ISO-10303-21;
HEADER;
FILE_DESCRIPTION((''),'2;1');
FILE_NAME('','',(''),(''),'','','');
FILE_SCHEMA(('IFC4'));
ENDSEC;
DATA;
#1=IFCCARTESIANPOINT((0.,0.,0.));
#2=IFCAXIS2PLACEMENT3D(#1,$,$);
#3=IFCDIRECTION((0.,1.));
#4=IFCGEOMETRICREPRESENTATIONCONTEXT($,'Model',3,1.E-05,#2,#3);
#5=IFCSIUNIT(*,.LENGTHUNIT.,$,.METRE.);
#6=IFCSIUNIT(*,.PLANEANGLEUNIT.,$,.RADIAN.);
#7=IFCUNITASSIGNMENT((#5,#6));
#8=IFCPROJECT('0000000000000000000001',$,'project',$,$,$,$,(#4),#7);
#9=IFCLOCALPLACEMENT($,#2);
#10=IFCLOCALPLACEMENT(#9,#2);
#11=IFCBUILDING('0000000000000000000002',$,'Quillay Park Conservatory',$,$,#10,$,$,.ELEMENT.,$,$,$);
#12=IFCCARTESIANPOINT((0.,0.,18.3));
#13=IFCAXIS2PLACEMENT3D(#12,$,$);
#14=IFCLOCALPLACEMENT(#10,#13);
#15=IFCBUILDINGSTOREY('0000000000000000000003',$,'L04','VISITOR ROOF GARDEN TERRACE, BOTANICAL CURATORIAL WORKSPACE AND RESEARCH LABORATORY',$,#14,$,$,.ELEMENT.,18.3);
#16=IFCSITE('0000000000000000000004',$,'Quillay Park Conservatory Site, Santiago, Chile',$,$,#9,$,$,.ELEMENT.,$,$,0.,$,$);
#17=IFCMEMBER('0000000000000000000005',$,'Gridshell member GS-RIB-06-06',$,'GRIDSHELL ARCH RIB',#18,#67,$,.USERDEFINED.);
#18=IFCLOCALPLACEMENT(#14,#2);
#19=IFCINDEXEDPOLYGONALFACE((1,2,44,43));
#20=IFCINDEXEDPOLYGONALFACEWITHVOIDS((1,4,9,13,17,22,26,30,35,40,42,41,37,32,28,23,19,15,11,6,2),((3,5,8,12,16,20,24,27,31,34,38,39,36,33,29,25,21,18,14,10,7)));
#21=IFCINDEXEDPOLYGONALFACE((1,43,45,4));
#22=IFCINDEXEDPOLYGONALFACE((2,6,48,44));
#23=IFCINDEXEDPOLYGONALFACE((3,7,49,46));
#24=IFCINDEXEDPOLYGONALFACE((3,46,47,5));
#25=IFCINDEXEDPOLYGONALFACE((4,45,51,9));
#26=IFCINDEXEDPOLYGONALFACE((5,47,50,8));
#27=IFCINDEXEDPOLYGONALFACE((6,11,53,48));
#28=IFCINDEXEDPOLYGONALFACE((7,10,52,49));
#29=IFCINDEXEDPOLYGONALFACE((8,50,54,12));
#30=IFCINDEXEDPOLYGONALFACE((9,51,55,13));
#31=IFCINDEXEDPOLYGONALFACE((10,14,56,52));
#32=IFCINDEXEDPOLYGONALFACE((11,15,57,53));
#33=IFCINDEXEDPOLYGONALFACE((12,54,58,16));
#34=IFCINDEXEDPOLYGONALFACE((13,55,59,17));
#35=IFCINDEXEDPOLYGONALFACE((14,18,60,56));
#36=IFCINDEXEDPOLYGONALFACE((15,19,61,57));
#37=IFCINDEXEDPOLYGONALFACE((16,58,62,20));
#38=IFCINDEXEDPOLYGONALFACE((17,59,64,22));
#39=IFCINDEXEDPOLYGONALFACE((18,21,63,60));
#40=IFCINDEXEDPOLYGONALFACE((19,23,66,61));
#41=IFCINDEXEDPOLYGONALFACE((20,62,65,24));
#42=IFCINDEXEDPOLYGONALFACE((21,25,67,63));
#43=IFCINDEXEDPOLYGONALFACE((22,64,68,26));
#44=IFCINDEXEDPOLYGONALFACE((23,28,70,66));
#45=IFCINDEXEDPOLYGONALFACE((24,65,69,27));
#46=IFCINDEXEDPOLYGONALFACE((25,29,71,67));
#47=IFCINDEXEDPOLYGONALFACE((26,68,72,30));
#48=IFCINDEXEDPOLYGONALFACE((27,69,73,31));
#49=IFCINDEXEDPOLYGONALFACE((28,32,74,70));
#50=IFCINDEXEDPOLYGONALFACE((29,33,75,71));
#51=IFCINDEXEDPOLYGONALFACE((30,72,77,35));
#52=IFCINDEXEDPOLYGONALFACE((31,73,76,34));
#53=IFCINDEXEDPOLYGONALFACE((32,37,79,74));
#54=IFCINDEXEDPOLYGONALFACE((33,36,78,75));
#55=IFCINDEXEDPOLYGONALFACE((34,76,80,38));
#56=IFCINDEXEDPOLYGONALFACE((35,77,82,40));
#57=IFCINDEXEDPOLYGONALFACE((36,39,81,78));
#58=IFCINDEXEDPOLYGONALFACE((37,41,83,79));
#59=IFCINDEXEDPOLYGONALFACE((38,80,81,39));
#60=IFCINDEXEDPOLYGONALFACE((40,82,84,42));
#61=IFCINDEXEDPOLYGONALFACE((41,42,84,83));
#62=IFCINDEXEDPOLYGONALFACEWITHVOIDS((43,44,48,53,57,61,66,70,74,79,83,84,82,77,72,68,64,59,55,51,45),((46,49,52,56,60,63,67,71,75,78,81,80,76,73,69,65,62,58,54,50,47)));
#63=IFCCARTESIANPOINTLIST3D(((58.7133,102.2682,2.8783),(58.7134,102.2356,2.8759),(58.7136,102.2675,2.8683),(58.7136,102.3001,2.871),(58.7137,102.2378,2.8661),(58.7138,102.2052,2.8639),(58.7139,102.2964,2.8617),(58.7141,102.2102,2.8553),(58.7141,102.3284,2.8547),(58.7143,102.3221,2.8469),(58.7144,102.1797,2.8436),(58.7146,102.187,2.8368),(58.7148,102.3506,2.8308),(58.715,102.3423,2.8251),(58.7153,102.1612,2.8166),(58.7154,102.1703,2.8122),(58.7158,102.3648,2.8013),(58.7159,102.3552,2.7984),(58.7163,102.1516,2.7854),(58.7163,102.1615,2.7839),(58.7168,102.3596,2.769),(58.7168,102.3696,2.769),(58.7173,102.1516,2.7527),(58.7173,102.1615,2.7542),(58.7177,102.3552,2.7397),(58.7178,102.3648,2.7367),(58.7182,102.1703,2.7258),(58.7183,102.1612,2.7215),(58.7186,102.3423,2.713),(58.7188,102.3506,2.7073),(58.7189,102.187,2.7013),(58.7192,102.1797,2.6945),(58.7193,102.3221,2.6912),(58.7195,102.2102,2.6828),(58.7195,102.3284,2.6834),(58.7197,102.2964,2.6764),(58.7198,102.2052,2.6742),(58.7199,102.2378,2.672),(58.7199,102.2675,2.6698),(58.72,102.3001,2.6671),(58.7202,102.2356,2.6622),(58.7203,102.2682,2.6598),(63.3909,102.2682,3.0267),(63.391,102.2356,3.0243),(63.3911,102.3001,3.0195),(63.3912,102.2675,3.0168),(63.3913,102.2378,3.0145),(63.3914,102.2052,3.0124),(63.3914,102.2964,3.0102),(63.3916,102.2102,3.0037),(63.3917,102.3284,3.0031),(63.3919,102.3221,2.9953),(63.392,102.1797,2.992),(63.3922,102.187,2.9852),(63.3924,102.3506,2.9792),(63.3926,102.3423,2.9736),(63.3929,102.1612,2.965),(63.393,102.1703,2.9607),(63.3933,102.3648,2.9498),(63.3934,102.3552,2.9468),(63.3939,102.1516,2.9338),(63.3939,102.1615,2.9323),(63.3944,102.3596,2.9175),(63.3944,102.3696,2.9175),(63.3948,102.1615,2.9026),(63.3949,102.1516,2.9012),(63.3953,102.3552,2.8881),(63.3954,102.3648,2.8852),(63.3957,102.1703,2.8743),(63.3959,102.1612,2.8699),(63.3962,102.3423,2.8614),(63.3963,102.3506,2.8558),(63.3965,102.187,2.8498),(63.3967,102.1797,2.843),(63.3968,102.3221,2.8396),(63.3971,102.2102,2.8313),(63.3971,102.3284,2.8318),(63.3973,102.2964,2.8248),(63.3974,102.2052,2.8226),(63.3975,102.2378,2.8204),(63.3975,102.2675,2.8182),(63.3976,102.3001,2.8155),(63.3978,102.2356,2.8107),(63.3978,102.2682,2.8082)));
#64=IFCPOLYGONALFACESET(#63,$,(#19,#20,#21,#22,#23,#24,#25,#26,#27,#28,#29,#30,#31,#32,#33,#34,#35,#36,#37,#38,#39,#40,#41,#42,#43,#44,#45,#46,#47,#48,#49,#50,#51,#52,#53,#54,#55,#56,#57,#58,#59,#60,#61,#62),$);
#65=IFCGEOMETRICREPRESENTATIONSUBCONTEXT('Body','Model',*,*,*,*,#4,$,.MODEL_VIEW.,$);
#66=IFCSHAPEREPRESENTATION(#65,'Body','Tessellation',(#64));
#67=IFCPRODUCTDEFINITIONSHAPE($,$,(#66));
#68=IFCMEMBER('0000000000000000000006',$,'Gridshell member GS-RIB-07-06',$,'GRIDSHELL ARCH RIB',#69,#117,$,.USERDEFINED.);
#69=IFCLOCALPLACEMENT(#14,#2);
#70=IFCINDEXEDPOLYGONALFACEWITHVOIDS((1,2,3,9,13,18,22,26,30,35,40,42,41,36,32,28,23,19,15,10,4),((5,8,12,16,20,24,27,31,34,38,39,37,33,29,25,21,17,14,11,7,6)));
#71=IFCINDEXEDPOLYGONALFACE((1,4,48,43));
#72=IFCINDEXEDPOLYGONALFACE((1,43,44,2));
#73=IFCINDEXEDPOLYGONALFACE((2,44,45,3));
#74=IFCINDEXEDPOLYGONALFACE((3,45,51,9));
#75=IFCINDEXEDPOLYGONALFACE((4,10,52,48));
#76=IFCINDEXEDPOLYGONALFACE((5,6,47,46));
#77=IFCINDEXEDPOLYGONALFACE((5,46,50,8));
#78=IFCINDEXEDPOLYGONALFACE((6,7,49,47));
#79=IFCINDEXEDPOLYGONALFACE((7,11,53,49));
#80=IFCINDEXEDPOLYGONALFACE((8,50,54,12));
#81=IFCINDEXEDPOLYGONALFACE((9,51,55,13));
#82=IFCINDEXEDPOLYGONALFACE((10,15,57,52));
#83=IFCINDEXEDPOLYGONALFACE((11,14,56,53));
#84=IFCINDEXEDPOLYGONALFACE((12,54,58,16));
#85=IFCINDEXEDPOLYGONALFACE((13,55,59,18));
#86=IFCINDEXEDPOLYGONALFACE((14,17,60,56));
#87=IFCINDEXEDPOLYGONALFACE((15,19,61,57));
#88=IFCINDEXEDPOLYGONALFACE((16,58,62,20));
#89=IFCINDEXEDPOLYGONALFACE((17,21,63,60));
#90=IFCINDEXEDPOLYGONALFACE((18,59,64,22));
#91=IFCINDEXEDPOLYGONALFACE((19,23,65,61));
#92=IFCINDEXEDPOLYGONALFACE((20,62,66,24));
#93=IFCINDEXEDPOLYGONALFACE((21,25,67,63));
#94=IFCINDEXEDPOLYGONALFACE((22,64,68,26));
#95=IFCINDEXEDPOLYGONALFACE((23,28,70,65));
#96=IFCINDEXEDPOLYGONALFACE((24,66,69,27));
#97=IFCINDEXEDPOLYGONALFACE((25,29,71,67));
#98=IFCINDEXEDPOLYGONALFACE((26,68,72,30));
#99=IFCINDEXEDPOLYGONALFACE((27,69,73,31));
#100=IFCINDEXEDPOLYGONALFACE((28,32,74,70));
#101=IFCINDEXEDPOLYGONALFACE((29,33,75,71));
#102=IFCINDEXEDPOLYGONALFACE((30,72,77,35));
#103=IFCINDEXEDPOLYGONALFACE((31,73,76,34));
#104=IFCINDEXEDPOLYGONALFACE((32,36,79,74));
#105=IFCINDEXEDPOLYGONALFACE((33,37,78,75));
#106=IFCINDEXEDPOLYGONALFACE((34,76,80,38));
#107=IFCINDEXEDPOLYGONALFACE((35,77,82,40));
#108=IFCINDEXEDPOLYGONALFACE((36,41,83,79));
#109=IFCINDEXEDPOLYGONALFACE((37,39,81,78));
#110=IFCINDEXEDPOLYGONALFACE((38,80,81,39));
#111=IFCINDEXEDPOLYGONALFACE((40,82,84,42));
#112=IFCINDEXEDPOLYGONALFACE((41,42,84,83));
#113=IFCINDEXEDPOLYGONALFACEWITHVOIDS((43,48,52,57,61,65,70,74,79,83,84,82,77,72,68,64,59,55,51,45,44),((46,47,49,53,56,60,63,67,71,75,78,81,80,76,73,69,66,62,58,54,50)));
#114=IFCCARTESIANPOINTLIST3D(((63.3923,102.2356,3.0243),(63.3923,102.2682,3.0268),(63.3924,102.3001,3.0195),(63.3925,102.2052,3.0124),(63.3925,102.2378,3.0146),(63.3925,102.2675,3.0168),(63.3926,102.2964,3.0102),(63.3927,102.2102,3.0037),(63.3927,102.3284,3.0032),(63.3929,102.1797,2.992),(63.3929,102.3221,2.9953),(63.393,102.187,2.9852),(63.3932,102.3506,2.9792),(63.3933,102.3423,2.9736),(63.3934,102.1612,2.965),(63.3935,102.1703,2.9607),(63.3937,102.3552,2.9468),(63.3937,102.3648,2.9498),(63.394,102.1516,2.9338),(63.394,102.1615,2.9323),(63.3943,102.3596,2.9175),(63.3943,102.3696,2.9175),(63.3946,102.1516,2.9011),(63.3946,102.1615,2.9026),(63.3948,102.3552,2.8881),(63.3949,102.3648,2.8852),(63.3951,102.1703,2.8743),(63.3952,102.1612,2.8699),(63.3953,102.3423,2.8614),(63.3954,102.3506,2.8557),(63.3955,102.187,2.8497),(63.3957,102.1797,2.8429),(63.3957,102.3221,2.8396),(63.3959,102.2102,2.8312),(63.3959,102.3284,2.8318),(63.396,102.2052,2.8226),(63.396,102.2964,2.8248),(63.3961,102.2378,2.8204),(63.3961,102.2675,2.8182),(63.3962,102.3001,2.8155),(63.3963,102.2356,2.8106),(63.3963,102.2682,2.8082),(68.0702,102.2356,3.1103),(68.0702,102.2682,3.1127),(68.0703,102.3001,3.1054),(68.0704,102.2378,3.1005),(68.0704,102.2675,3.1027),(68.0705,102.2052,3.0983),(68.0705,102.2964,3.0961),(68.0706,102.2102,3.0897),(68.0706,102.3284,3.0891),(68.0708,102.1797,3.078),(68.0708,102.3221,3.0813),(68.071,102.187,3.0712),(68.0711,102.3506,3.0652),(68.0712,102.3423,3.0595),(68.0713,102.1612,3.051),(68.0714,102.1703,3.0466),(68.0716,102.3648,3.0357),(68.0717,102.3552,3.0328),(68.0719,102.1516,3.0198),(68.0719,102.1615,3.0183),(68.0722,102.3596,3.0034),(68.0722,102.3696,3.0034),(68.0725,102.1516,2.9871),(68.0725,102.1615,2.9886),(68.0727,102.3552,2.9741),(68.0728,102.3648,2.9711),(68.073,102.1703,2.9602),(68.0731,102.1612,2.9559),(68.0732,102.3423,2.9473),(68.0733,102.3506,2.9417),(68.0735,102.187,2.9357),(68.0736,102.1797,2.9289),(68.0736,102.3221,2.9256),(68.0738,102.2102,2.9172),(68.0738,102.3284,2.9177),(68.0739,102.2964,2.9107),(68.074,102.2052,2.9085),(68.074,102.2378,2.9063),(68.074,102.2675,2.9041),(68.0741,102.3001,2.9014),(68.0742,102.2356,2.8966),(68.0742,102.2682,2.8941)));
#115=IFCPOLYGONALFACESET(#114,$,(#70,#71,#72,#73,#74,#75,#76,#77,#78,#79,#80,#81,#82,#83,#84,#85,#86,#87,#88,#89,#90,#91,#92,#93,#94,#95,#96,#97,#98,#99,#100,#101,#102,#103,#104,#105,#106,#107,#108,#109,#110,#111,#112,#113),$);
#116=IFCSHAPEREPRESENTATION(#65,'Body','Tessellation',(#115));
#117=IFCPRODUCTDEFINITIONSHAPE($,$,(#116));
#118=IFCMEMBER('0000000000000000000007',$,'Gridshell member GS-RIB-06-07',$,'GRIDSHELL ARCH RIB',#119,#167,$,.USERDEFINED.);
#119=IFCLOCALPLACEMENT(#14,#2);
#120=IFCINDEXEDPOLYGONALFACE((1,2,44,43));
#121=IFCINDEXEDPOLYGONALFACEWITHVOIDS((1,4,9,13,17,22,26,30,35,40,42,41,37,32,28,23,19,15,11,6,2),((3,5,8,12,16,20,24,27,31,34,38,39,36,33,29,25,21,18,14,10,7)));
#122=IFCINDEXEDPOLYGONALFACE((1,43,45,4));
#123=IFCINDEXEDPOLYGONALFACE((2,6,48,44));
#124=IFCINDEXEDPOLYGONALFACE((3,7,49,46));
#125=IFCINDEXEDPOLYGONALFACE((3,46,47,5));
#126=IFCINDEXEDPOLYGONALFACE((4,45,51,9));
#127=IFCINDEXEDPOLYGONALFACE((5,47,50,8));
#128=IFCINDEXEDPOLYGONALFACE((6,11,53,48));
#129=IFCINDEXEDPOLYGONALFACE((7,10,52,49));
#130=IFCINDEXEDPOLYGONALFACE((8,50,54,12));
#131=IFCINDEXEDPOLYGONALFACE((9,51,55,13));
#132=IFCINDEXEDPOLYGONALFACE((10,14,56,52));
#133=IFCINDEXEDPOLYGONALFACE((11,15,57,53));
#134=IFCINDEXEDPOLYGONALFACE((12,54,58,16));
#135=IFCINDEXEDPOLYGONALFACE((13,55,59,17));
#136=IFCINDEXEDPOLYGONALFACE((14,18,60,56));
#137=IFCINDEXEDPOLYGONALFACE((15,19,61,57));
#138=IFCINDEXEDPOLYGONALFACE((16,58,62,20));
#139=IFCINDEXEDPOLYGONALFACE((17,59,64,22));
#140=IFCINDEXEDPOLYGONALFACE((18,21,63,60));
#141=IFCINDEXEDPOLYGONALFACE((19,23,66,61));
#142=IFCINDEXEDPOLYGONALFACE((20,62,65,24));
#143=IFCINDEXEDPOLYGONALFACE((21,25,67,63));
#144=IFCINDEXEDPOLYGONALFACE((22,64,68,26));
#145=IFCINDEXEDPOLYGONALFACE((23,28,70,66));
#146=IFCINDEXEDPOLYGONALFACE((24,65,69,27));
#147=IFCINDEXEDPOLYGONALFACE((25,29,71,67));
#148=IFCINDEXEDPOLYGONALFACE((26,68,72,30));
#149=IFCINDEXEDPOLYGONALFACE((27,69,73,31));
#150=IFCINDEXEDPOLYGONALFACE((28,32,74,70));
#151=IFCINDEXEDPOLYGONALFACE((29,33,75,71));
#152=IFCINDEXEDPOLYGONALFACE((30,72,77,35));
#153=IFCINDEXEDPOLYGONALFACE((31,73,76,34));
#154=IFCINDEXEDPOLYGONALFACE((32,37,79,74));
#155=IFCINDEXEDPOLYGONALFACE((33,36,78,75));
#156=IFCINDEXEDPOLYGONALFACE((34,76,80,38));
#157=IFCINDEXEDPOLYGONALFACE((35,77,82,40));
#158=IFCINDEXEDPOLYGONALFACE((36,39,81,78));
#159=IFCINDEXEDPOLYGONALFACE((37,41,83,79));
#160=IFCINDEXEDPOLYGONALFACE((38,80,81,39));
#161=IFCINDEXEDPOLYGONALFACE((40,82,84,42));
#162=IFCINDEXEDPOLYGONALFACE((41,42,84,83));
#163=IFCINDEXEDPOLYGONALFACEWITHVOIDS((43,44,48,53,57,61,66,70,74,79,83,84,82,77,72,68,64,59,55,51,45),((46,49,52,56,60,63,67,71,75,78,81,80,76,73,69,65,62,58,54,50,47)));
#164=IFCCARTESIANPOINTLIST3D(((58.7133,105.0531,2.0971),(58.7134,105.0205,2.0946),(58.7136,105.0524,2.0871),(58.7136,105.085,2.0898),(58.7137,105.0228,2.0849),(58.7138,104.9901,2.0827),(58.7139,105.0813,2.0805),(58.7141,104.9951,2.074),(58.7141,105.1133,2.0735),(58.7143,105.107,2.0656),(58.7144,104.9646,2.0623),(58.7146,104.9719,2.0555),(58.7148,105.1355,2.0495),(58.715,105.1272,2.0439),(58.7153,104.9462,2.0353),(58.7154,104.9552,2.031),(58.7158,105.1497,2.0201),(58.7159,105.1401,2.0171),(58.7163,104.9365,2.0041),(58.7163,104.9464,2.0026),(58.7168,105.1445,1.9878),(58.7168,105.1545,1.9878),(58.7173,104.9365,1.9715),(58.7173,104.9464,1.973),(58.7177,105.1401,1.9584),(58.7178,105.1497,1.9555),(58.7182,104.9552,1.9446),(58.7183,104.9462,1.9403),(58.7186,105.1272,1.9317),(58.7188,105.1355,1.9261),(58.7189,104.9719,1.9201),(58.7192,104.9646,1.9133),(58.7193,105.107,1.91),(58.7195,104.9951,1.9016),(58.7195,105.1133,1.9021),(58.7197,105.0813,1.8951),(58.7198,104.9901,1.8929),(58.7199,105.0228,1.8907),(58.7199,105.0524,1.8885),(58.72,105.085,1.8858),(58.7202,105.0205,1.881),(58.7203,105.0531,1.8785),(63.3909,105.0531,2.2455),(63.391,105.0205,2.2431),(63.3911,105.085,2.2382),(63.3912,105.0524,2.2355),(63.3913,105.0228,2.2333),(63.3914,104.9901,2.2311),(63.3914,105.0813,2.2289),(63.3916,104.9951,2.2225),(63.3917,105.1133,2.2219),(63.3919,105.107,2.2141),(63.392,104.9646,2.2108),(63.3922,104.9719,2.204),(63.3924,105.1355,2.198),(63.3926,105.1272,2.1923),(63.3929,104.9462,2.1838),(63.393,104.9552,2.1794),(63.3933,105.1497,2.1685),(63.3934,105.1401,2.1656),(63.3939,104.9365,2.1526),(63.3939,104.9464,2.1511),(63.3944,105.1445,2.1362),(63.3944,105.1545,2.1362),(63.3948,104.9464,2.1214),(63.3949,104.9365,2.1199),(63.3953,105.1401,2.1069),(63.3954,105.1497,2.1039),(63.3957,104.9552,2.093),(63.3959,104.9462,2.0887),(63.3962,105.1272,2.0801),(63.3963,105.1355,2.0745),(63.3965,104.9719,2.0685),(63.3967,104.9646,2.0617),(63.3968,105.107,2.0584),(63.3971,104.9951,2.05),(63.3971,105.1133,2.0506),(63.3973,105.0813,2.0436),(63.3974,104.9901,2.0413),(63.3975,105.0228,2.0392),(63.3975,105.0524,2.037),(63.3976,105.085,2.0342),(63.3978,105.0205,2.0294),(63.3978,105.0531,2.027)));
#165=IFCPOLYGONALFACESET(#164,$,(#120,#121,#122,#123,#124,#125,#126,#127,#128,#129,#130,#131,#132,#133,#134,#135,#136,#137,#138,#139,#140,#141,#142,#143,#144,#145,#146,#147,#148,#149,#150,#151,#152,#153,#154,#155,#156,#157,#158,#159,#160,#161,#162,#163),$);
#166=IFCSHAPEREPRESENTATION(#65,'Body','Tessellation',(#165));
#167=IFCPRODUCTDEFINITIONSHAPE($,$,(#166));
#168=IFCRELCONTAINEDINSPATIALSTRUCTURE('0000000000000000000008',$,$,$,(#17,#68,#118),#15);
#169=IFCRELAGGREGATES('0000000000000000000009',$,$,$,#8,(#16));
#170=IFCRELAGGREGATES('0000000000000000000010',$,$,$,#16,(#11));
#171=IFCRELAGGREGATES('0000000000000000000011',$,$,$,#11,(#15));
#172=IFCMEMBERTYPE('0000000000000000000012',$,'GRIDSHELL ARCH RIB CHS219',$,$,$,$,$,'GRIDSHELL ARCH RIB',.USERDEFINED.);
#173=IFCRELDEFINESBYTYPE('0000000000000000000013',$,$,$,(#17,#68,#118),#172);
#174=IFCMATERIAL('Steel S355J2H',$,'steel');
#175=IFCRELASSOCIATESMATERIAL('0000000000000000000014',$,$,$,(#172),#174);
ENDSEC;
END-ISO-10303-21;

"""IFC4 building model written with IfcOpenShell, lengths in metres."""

from ifc_helpers import new_model, si_unit, direction, frame, origin, origin_2d, place, context, subcontext, project, spatial, hollow_circle, extrude, material, material_profile, profile_set, type_object, element, save


model = new_model("IFC4")

# Units and contexts
model_context = context("Model", 3, precision=1e-05, world=origin(), true_north=direction((0.0, 1.0)))
body_context = subcontext(model_context, "Body", "Model", "MODEL_VIEW")
ifc_project = project(units=[si_unit("LENGTHUNIT", "METRE"), si_unit("PLANEANGLEUNIT", "RADIAN")], contexts=[model_context])

# Site, building, storey
site_placement = place(None, origin())
site = spatial("IfcSite", under=ifc_project, at=site_placement, Name="Quillay Park Conservatory Site, Santiago, Chile", CompositionType="ELEMENT", RefElevation=0.0)
building_placement = place(site_placement, origin())
building = spatial("IfcBuilding", under=site, at=building_placement, Name="Quillay Park Conservatory", CompositionType="ELEMENT")
storey_placement = place(building_placement, frame((0.0, 0.0, 18.3)))
storey = spatial("IfcBuildingStorey", under=building, at=storey_placement, Name="L04", Description="VISITOR ROOF GARDEN TERRACE, BOTANICAL CURATORIAL WORKSPACE AND RESEARCH LABORATORY", CompositionType="ELEMENT", Elevation=18.3)

# Members
ifc_material_1 = material(Name="Steel S355J2H", Category="steel")
ifc_material_profile_1 = material_profile(ifc_material_1, hollow_circle(Radius=0.1096, WallThickness=0.01, at=origin_2d()), Name="CHS219.1x10")
ifc_profile_set_1 = profile_set([ifc_material_profile_1], Name="Steel S355J2H")
member_type = type_object("IfcMemberType", Name="GRIDSHELL ARCH RIB CHS219", ElementType="GRIDSHELL ARCH RIB", PredefinedType="USERDEFINED", material=ifc_profile_set_1)
member_1_placement = place(storey_placement, frame((58.7168, 102.26, 2.769), z_axis=(0.999497, 0.0, 0.031718), x_axis=(0.0, 1.0, 0.0)))
element("IfcMember", 1, at=member_1_placement, inside=storey, type_object=member_type, Name="Gridshell member GS-RIB-06-06", ObjectType="GRIDSHELL ARCH RIB", PredefinedType="USERDEFINED", context=body_context, shape_type="SweptSolid", body=[
    extrude(hollow_circle(Radius=0.1096, WallThickness=0.01, at=origin_2d()), origin(), (0.0, 0.0, 1.0), 4.6799),
])
member_2_placement = place(storey_placement, frame((63.3943, 102.26, 2.9175), z_axis=(0.999831, 0.0, 0.018368), x_axis=(0.0, 1.0, 0.0)))
element("IfcMember", 2, at=member_2_placement, inside=storey, type_object=member_type, Name="Gridshell member GS-RIB-07-06", ObjectType="GRIDSHELL ARCH RIB", PredefinedType="USERDEFINED", context=body_context, shape_type="SweptSolid", body=[
    extrude(hollow_circle(Radius=0.1096, WallThickness=0.01, at=origin_2d()), origin(), (0.0, 0.0, 1.0), 4.6787),
])
member_3_placement = place(storey_placement, frame((58.7168, 105.0449, 1.9878), z_axis=(0.999497, 0.0, 0.031718), x_axis=(0.0, 1.0, 0.0)))
element("IfcMember", 3, at=member_3_placement, inside=storey, type_object=member_type, Name="Gridshell member GS-RIB-06-07", ObjectType="GRIDSHELL ARCH RIB", PredefinedType="USERDEFINED", context=body_context, shape_type="SweptSolid", body=[
    extrude(hollow_circle(Radius=0.1096, WallThickness=0.01, at=origin_2d()), origin(), (0.0, 0.0, 1.0), 4.6799),
])

save(model, "model.ifc")
